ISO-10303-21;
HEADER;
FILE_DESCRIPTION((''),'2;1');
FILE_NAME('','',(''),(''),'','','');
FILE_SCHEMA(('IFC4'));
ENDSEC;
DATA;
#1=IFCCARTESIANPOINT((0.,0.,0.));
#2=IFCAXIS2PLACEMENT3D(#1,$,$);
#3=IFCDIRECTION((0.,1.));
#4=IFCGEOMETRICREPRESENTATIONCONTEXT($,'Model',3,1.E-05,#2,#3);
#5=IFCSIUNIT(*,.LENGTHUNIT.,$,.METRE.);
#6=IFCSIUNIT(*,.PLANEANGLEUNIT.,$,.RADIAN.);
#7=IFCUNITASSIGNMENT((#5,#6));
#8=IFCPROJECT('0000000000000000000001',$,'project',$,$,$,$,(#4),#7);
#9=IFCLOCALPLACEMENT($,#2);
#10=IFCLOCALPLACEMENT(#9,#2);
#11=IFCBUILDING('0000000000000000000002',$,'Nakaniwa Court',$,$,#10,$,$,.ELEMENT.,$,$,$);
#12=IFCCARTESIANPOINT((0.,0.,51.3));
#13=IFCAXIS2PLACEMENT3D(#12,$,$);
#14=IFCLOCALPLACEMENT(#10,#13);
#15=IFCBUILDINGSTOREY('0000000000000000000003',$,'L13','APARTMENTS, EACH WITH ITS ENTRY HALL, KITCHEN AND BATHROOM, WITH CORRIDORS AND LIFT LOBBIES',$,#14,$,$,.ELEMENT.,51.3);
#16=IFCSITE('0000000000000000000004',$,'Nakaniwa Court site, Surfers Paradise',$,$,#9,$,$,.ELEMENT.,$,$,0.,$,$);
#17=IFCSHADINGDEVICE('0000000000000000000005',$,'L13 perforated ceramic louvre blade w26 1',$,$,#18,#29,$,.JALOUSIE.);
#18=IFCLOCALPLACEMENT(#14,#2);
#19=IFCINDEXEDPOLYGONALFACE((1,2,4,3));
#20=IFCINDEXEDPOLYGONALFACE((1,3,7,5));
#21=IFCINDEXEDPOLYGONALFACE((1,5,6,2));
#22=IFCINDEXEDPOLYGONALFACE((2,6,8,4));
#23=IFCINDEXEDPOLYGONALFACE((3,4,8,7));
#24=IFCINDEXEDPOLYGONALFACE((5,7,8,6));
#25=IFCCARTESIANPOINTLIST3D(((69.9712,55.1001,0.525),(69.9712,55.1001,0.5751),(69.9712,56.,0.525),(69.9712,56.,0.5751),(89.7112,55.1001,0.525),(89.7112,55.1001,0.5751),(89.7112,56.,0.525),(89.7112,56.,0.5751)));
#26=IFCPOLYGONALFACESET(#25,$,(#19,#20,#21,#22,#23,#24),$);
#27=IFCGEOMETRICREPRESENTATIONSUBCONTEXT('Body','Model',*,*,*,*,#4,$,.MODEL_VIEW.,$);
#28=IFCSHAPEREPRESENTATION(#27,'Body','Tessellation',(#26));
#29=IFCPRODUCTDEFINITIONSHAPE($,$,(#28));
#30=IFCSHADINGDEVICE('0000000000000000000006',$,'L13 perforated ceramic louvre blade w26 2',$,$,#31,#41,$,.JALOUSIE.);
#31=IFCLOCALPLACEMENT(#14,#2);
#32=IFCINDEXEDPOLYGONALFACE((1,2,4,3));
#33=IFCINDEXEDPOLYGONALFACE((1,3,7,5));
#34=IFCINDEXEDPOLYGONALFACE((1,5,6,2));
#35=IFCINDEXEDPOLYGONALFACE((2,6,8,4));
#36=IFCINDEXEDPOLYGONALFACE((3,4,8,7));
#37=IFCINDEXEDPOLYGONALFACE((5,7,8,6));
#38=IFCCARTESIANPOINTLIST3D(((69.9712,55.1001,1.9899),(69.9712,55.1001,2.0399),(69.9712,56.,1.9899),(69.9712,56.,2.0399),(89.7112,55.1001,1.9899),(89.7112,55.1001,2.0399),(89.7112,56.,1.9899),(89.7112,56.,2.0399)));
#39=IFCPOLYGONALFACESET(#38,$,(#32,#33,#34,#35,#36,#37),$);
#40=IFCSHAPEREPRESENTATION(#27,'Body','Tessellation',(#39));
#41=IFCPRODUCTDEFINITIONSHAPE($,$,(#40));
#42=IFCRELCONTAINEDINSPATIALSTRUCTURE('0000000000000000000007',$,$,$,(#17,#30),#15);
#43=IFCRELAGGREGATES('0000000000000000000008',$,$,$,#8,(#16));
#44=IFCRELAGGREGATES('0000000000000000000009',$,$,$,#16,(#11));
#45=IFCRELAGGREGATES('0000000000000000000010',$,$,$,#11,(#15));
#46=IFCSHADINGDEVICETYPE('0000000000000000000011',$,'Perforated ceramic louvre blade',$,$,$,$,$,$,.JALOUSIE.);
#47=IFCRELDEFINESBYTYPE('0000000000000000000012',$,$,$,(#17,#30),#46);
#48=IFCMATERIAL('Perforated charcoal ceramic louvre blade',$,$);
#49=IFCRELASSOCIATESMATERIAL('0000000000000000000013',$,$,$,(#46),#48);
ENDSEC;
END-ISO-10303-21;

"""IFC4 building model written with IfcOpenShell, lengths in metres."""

from ifc_helpers import new_model, si_unit, direction, frame, origin, origin_2d, place, context, subcontext, project, spatial, rectangle, extrude, material, material_profile, profile_set, type_object, element, save


model = new_model("IFC4")

# Units and contexts
model_context = context("Model", 3, precision=1e-05, world=origin(), true_north=direction((0.0, 1.0)))
body_context = subcontext(model_context, "Body", "Model", "MODEL_VIEW")
ifc_project = project(units=[si_unit("LENGTHUNIT", "METRE"), si_unit("PLANEANGLEUNIT", "RADIAN")], contexts=[model_context])

# Site, building, storey
site_placement = place(None, origin())
site = spatial("IfcSite", under=ifc_project, at=site_placement, Name="Nakaniwa Court site, Surfers Paradise", CompositionType="ELEMENT", RefElevation=0.0)
building_placement = place(site_placement, origin())
building = spatial("IfcBuilding", under=site, at=building_placement, Name="Nakaniwa Court", CompositionType="ELEMENT")
storey_placement = place(building_placement, frame((0.0, 0.0, 51.3)))
storey = spatial("IfcBuildingStorey", under=building, at=storey_placement, Name="L13", Description="APARTMENTS, EACH WITH ITS ENTRY HALL, KITCHEN AND BATHROOM, WITH CORRIDORS AND LIFT LOBBIES", CompositionType="ELEMENT", Elevation=51.3)

# Shading devices
ifc_material_1 = material(Name="Perforated charcoal ceramic louvre blade")
ifc_material_profile_1 = material_profile(ifc_material_1, rectangle(XDim=0.8999, YDim=0.05, at=origin_2d()), Name="Perforated ceramic louvre blade")
ifc_profile_set_1 = profile_set([ifc_material_profile_1], Name="Perforated charcoal ceramic louvre blade")
shading_device_type = type_object("IfcShadingDeviceType", Name="Perforated ceramic louvre blade", PredefinedType="JALOUSIE", material=ifc_profile_set_1)
for number, where, z_axis, x_axis, name in (
    (1, (69.9712, 55.55, 0.55), (1.0, 0.0, 0.0), (0.0, 1.0, 0.0), "L13 perforated ceramic louvre blade w26 1"),
    (2, (69.9712, 55.55, 2.0149), (1.0, 0.0, 0.0), (0.0, 1.0, 0.0), "L13 perforated ceramic louvre blade w26 2"),
):
    element("IfcShadingDevice", number, at=place(storey_placement, frame(where, z_axis=z_axis, x_axis=x_axis)), inside=storey, type_object=shading_device_type, Name=name, PredefinedType="JALOUSIE", context=body_context, shape_type="SweptSolid", body=[
        extrude(rectangle(XDim=0.8999, YDim=0.05, at=origin_2d()), origin(), (0.0, 0.0, 1.0), 19.74),
    ])

save(model, "model.ifc")
